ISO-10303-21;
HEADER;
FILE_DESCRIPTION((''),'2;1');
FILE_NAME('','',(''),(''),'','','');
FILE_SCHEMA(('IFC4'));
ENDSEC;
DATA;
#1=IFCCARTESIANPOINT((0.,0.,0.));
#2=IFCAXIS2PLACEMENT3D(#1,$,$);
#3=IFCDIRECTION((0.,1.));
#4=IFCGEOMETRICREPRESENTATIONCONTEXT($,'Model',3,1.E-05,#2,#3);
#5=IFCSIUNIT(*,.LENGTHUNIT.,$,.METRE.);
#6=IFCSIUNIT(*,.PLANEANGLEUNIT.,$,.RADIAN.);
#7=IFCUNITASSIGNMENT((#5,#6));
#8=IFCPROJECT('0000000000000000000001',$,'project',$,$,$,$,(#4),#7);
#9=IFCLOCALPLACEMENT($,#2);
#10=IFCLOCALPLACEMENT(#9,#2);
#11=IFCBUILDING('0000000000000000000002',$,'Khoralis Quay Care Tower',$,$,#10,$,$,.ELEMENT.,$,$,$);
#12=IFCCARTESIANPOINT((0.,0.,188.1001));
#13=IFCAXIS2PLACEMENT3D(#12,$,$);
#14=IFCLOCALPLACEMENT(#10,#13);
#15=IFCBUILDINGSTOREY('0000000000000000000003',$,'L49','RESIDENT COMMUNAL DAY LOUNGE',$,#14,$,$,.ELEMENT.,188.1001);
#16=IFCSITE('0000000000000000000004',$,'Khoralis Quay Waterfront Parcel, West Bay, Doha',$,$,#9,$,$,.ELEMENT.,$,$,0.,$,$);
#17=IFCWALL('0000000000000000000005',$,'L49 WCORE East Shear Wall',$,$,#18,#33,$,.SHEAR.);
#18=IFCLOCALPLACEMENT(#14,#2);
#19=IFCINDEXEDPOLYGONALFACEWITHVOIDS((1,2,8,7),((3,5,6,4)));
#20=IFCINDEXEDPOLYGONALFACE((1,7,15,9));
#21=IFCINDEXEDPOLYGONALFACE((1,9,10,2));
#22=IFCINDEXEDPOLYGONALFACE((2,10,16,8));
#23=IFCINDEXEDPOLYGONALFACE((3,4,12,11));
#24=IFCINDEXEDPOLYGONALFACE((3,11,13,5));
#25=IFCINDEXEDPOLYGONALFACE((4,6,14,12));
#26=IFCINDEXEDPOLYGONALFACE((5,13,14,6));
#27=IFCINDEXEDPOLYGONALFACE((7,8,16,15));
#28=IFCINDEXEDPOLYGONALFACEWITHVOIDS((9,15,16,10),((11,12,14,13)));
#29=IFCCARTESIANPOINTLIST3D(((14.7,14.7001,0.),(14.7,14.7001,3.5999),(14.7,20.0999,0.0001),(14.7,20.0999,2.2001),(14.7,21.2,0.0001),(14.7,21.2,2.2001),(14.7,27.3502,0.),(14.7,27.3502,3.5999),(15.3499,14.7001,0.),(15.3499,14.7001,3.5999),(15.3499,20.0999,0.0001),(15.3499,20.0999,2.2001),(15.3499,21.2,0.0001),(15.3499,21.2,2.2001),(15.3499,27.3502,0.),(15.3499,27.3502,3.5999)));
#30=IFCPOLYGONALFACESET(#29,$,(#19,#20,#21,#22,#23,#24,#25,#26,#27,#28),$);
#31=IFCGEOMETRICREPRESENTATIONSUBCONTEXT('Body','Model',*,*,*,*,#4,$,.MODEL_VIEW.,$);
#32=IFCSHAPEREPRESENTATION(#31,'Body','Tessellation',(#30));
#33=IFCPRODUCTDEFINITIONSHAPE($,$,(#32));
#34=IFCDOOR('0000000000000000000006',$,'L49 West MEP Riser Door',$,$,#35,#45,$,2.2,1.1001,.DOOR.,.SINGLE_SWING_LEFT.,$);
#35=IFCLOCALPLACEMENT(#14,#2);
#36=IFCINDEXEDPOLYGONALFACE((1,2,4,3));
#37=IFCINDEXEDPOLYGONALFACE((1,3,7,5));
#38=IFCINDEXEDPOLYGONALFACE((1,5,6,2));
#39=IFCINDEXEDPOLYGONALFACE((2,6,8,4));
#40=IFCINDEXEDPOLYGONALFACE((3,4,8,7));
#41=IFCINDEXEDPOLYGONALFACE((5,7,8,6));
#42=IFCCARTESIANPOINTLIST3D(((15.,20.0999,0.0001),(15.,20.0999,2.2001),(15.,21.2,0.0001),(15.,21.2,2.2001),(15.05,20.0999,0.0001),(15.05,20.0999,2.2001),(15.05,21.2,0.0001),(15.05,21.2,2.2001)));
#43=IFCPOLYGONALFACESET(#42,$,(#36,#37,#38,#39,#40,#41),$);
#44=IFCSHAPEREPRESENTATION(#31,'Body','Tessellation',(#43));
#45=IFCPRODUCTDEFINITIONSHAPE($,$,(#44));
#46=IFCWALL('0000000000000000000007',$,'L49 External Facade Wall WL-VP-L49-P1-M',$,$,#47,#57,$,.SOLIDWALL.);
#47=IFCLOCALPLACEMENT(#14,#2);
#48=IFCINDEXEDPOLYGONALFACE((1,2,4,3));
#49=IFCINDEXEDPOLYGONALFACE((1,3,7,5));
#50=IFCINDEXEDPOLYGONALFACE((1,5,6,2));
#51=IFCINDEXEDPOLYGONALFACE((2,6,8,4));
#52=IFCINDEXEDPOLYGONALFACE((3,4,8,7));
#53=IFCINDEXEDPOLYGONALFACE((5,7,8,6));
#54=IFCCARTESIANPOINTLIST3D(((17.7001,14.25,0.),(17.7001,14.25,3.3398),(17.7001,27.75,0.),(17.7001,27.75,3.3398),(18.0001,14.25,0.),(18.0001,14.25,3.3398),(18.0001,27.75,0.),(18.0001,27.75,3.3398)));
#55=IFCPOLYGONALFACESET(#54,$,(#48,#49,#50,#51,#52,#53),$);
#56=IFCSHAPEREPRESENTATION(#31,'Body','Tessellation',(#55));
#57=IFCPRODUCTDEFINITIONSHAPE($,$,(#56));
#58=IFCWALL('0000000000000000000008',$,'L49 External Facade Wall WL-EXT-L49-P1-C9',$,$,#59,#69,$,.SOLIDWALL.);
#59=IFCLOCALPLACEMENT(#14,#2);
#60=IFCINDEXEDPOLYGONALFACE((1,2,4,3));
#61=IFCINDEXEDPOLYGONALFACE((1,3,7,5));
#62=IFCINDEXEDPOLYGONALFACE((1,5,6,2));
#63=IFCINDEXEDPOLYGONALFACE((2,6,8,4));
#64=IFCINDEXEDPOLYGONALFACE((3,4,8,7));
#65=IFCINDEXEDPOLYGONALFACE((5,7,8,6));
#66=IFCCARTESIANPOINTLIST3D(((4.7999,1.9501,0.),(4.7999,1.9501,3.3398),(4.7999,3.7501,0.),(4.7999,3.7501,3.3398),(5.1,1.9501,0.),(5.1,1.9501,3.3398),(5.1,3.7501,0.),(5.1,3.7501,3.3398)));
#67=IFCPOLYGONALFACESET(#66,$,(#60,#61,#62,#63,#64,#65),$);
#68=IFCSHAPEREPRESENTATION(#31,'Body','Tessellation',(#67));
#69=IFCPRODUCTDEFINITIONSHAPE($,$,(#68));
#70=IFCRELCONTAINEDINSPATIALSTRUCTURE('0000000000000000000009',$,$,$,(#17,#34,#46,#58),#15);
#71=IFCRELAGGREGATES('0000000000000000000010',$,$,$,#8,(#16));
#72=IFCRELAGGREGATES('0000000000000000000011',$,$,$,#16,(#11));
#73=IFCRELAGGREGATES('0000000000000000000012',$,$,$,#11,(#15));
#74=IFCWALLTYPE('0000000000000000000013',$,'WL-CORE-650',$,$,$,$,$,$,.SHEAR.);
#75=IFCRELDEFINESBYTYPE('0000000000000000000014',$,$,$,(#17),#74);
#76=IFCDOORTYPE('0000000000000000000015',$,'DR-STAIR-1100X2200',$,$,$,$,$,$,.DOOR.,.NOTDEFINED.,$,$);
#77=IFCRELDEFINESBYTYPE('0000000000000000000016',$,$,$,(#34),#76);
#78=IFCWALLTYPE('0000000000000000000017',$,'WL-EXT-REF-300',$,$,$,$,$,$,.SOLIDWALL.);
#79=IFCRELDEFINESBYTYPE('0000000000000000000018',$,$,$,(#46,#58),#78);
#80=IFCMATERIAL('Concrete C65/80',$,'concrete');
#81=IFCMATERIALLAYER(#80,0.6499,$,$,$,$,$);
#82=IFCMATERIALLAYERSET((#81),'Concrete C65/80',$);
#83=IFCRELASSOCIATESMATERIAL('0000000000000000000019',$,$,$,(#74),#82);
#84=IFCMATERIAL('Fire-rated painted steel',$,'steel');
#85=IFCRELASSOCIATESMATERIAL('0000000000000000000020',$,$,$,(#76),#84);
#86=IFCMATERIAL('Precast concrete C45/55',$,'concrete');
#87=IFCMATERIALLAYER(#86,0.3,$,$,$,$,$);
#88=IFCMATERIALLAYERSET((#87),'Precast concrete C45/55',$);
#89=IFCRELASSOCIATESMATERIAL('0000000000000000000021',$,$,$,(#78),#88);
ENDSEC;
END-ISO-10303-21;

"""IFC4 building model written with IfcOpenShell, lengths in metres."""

from ifc_helpers import new_model, si_unit, direction, frame, frame_2d, origin, place, context, subcontext, project, spatial, rectangle, extrude, source, transform, mapped, material, layer, layer_set, type_object, element, fill, save


model = new_model("IFC4")

# Units and contexts
model_context = context("Model", 3, precision=1e-05, world=origin(), true_north=direction((0.0, 1.0)))
body_context = subcontext(model_context, "Body", "Model", "MODEL_VIEW")
ifc_project = project(units=[si_unit("LENGTHUNIT", "METRE"), si_unit("PLANEANGLEUNIT", "RADIAN")], contexts=[model_context])

# Site, building, storey
site_placement = place(None, origin())
site = spatial("IfcSite", under=ifc_project, at=site_placement, Name="Khoralis Quay Waterfront Parcel, West Bay, Doha", CompositionType="ELEMENT", RefElevation=0.0)
building_placement = place(site_placement, origin())
building = spatial("IfcBuilding", under=site, at=building_placement, Name="Khoralis Quay Care Tower", CompositionType="ELEMENT")
storey_placement = place(building_placement, frame((0.0, 0.0, 188.1001)))
storey = spatial("IfcBuildingStorey", under=building, at=storey_placement, Name="L49", Description="RESIDENT COMMUNAL DAY LOUNGE", CompositionType="ELEMENT", Elevation=188.1001)

# Shared definitions
ifc_material_1 = material(Name="Fire-rated painted steel", Category="steel")

# Shared definitions
ifc_material_2 = material(Name="Concrete C65/80", Category="concrete")
ifc_layer_1 = layer(ifc_material_2, 0.6499)
ifc_layer_set_1 = layer_set([ifc_layer_1], Name="Concrete C65/80")
wall_type_1 = type_object("IfcWallType", Name="WL-CORE-650", PredefinedType="SHEAR", material=ifc_layer_set_1)

# Wall, opening, door
wall_1_placement = place(storey_placement, frame((15.0249, 14.7, 0.0), z_axis=(0.0, 0.0, 1.0), x_axis=(0.0, 1.0, 0.0)))
wall_1 = element("IfcWall", 1, at=wall_1_placement, inside=storey, type_object=wall_type_1, Name="L49 WCORE East Shear Wall", PredefinedType="SHEAR", context=body_context, shape_type="SweptSolid", body=[
    extrude(rectangle(XDim=12.6501, YDim=0.6499, at=frame_2d((6.3252, 0.0))), origin(), (0.0, 0.0, 1.0), 3.5999),
])
opening_1_placement = place(wall_1_placement, frame((5.3999, 0.0, 0.0)))
opening_1 = element("IfcOpeningElement", 2, at=opening_1_placement, cuts=wall_1, PredefinedType="OPENING", context=body_context, shape_type="SweptSolid", body=[
    extrude(rectangle(XDim=1.1001, YDim=2.2, at=frame_2d((0.55, 1.1001))), frame((0.0, 0.335, 0.0), z_axis=(0.0, -1.0, 0.0), x_axis=(1.0, 0.0, 0.0)), (0.0, 0.0, 1.0), 0.6699),
])
door_type_1 = type_object("IfcDoorType", Name="DR-STAIR-1100X2200", OperationType="NOTDEFINED", PredefinedType="DOOR", material=ifc_material_1)
shared_shape_1 = source(origin(), body_context, "Body", "SweptSolid", [
    extrude(rectangle(XDim=1.1001, YDim=2.2, at=frame_2d((0.55, 1.1001))), frame((0.0, 0.0249, 0.0), z_axis=(0.0, -1.0, 0.0), x_axis=(1.0, 0.0, 0.0)), (0.0, 0.0, 1.0), 0.05),
])
door_1_placement = place(opening_1_placement, origin())
door_1 = element("IfcDoor", 3, at=door_1_placement, inside=storey, type_object=door_type_1, Name="L49 West MEP Riser Door", OperationType="SINGLE_SWING_LEFT", OverallHeight=2.2, OverallWidth=1.1001, PredefinedType="DOOR", context=body_context, shape_type="MappedRepresentation", body=[
    mapped(shared_shape_1, transform((0.0, 0.0, 0.0), scale=1.0)),
])
fill(opening_1, door_1)

# Walls
ifc_material_3 = material(Name="Precast concrete C45/55", Category="concrete")
ifc_layer_2 = layer(ifc_material_3, 0.3)
ifc_layer_set_2 = layer_set([ifc_layer_2], Name="Precast concrete C45/55")
wall_type_2 = type_object("IfcWallType", Name="WL-EXT-REF-300", PredefinedType="SOLIDWALL", material=ifc_layer_set_2)
wall_2_placement = place(storey_placement, frame((17.8501, 14.25, 0.0), z_axis=(0.0, 0.0, 1.0), x_axis=(0.0, 1.0, 0.0)))
element("IfcWall", 4, at=wall_2_placement, inside=storey, type_object=wall_type_2, Name="L49 External Facade Wall WL-VP-L49-P1-M", PredefinedType="SOLIDWALL", context=body_context, shape_type="SweptSolid", body=[
    extrude(rectangle(XDim=13.5, YDim=0.3, at=frame_2d((6.75, 0.0))), origin(), (0.0, 0.0, 1.0), 3.3398),
])
wall_3_placement = place(storey_placement, frame((4.95, 3.75, 0.0), z_axis=(0.0, 0.0, 1.0), x_axis=(0.0, -1.0, 0.0)))
element("IfcWall", 5, at=wall_3_placement, inside=storey, type_object=wall_type_2, Name="L49 External Facade Wall WL-EXT-L49-P1-C9", PredefinedType="SOLIDWALL", context=body_context, shape_type="SweptSolid", body=[
    extrude(rectangle(XDim=1.8, YDim=0.3, at=frame_2d((0.8999, 0.0))), origin(), (0.0, 0.0, 1.0), 3.3398),
])

save(model, "model.ifc")
